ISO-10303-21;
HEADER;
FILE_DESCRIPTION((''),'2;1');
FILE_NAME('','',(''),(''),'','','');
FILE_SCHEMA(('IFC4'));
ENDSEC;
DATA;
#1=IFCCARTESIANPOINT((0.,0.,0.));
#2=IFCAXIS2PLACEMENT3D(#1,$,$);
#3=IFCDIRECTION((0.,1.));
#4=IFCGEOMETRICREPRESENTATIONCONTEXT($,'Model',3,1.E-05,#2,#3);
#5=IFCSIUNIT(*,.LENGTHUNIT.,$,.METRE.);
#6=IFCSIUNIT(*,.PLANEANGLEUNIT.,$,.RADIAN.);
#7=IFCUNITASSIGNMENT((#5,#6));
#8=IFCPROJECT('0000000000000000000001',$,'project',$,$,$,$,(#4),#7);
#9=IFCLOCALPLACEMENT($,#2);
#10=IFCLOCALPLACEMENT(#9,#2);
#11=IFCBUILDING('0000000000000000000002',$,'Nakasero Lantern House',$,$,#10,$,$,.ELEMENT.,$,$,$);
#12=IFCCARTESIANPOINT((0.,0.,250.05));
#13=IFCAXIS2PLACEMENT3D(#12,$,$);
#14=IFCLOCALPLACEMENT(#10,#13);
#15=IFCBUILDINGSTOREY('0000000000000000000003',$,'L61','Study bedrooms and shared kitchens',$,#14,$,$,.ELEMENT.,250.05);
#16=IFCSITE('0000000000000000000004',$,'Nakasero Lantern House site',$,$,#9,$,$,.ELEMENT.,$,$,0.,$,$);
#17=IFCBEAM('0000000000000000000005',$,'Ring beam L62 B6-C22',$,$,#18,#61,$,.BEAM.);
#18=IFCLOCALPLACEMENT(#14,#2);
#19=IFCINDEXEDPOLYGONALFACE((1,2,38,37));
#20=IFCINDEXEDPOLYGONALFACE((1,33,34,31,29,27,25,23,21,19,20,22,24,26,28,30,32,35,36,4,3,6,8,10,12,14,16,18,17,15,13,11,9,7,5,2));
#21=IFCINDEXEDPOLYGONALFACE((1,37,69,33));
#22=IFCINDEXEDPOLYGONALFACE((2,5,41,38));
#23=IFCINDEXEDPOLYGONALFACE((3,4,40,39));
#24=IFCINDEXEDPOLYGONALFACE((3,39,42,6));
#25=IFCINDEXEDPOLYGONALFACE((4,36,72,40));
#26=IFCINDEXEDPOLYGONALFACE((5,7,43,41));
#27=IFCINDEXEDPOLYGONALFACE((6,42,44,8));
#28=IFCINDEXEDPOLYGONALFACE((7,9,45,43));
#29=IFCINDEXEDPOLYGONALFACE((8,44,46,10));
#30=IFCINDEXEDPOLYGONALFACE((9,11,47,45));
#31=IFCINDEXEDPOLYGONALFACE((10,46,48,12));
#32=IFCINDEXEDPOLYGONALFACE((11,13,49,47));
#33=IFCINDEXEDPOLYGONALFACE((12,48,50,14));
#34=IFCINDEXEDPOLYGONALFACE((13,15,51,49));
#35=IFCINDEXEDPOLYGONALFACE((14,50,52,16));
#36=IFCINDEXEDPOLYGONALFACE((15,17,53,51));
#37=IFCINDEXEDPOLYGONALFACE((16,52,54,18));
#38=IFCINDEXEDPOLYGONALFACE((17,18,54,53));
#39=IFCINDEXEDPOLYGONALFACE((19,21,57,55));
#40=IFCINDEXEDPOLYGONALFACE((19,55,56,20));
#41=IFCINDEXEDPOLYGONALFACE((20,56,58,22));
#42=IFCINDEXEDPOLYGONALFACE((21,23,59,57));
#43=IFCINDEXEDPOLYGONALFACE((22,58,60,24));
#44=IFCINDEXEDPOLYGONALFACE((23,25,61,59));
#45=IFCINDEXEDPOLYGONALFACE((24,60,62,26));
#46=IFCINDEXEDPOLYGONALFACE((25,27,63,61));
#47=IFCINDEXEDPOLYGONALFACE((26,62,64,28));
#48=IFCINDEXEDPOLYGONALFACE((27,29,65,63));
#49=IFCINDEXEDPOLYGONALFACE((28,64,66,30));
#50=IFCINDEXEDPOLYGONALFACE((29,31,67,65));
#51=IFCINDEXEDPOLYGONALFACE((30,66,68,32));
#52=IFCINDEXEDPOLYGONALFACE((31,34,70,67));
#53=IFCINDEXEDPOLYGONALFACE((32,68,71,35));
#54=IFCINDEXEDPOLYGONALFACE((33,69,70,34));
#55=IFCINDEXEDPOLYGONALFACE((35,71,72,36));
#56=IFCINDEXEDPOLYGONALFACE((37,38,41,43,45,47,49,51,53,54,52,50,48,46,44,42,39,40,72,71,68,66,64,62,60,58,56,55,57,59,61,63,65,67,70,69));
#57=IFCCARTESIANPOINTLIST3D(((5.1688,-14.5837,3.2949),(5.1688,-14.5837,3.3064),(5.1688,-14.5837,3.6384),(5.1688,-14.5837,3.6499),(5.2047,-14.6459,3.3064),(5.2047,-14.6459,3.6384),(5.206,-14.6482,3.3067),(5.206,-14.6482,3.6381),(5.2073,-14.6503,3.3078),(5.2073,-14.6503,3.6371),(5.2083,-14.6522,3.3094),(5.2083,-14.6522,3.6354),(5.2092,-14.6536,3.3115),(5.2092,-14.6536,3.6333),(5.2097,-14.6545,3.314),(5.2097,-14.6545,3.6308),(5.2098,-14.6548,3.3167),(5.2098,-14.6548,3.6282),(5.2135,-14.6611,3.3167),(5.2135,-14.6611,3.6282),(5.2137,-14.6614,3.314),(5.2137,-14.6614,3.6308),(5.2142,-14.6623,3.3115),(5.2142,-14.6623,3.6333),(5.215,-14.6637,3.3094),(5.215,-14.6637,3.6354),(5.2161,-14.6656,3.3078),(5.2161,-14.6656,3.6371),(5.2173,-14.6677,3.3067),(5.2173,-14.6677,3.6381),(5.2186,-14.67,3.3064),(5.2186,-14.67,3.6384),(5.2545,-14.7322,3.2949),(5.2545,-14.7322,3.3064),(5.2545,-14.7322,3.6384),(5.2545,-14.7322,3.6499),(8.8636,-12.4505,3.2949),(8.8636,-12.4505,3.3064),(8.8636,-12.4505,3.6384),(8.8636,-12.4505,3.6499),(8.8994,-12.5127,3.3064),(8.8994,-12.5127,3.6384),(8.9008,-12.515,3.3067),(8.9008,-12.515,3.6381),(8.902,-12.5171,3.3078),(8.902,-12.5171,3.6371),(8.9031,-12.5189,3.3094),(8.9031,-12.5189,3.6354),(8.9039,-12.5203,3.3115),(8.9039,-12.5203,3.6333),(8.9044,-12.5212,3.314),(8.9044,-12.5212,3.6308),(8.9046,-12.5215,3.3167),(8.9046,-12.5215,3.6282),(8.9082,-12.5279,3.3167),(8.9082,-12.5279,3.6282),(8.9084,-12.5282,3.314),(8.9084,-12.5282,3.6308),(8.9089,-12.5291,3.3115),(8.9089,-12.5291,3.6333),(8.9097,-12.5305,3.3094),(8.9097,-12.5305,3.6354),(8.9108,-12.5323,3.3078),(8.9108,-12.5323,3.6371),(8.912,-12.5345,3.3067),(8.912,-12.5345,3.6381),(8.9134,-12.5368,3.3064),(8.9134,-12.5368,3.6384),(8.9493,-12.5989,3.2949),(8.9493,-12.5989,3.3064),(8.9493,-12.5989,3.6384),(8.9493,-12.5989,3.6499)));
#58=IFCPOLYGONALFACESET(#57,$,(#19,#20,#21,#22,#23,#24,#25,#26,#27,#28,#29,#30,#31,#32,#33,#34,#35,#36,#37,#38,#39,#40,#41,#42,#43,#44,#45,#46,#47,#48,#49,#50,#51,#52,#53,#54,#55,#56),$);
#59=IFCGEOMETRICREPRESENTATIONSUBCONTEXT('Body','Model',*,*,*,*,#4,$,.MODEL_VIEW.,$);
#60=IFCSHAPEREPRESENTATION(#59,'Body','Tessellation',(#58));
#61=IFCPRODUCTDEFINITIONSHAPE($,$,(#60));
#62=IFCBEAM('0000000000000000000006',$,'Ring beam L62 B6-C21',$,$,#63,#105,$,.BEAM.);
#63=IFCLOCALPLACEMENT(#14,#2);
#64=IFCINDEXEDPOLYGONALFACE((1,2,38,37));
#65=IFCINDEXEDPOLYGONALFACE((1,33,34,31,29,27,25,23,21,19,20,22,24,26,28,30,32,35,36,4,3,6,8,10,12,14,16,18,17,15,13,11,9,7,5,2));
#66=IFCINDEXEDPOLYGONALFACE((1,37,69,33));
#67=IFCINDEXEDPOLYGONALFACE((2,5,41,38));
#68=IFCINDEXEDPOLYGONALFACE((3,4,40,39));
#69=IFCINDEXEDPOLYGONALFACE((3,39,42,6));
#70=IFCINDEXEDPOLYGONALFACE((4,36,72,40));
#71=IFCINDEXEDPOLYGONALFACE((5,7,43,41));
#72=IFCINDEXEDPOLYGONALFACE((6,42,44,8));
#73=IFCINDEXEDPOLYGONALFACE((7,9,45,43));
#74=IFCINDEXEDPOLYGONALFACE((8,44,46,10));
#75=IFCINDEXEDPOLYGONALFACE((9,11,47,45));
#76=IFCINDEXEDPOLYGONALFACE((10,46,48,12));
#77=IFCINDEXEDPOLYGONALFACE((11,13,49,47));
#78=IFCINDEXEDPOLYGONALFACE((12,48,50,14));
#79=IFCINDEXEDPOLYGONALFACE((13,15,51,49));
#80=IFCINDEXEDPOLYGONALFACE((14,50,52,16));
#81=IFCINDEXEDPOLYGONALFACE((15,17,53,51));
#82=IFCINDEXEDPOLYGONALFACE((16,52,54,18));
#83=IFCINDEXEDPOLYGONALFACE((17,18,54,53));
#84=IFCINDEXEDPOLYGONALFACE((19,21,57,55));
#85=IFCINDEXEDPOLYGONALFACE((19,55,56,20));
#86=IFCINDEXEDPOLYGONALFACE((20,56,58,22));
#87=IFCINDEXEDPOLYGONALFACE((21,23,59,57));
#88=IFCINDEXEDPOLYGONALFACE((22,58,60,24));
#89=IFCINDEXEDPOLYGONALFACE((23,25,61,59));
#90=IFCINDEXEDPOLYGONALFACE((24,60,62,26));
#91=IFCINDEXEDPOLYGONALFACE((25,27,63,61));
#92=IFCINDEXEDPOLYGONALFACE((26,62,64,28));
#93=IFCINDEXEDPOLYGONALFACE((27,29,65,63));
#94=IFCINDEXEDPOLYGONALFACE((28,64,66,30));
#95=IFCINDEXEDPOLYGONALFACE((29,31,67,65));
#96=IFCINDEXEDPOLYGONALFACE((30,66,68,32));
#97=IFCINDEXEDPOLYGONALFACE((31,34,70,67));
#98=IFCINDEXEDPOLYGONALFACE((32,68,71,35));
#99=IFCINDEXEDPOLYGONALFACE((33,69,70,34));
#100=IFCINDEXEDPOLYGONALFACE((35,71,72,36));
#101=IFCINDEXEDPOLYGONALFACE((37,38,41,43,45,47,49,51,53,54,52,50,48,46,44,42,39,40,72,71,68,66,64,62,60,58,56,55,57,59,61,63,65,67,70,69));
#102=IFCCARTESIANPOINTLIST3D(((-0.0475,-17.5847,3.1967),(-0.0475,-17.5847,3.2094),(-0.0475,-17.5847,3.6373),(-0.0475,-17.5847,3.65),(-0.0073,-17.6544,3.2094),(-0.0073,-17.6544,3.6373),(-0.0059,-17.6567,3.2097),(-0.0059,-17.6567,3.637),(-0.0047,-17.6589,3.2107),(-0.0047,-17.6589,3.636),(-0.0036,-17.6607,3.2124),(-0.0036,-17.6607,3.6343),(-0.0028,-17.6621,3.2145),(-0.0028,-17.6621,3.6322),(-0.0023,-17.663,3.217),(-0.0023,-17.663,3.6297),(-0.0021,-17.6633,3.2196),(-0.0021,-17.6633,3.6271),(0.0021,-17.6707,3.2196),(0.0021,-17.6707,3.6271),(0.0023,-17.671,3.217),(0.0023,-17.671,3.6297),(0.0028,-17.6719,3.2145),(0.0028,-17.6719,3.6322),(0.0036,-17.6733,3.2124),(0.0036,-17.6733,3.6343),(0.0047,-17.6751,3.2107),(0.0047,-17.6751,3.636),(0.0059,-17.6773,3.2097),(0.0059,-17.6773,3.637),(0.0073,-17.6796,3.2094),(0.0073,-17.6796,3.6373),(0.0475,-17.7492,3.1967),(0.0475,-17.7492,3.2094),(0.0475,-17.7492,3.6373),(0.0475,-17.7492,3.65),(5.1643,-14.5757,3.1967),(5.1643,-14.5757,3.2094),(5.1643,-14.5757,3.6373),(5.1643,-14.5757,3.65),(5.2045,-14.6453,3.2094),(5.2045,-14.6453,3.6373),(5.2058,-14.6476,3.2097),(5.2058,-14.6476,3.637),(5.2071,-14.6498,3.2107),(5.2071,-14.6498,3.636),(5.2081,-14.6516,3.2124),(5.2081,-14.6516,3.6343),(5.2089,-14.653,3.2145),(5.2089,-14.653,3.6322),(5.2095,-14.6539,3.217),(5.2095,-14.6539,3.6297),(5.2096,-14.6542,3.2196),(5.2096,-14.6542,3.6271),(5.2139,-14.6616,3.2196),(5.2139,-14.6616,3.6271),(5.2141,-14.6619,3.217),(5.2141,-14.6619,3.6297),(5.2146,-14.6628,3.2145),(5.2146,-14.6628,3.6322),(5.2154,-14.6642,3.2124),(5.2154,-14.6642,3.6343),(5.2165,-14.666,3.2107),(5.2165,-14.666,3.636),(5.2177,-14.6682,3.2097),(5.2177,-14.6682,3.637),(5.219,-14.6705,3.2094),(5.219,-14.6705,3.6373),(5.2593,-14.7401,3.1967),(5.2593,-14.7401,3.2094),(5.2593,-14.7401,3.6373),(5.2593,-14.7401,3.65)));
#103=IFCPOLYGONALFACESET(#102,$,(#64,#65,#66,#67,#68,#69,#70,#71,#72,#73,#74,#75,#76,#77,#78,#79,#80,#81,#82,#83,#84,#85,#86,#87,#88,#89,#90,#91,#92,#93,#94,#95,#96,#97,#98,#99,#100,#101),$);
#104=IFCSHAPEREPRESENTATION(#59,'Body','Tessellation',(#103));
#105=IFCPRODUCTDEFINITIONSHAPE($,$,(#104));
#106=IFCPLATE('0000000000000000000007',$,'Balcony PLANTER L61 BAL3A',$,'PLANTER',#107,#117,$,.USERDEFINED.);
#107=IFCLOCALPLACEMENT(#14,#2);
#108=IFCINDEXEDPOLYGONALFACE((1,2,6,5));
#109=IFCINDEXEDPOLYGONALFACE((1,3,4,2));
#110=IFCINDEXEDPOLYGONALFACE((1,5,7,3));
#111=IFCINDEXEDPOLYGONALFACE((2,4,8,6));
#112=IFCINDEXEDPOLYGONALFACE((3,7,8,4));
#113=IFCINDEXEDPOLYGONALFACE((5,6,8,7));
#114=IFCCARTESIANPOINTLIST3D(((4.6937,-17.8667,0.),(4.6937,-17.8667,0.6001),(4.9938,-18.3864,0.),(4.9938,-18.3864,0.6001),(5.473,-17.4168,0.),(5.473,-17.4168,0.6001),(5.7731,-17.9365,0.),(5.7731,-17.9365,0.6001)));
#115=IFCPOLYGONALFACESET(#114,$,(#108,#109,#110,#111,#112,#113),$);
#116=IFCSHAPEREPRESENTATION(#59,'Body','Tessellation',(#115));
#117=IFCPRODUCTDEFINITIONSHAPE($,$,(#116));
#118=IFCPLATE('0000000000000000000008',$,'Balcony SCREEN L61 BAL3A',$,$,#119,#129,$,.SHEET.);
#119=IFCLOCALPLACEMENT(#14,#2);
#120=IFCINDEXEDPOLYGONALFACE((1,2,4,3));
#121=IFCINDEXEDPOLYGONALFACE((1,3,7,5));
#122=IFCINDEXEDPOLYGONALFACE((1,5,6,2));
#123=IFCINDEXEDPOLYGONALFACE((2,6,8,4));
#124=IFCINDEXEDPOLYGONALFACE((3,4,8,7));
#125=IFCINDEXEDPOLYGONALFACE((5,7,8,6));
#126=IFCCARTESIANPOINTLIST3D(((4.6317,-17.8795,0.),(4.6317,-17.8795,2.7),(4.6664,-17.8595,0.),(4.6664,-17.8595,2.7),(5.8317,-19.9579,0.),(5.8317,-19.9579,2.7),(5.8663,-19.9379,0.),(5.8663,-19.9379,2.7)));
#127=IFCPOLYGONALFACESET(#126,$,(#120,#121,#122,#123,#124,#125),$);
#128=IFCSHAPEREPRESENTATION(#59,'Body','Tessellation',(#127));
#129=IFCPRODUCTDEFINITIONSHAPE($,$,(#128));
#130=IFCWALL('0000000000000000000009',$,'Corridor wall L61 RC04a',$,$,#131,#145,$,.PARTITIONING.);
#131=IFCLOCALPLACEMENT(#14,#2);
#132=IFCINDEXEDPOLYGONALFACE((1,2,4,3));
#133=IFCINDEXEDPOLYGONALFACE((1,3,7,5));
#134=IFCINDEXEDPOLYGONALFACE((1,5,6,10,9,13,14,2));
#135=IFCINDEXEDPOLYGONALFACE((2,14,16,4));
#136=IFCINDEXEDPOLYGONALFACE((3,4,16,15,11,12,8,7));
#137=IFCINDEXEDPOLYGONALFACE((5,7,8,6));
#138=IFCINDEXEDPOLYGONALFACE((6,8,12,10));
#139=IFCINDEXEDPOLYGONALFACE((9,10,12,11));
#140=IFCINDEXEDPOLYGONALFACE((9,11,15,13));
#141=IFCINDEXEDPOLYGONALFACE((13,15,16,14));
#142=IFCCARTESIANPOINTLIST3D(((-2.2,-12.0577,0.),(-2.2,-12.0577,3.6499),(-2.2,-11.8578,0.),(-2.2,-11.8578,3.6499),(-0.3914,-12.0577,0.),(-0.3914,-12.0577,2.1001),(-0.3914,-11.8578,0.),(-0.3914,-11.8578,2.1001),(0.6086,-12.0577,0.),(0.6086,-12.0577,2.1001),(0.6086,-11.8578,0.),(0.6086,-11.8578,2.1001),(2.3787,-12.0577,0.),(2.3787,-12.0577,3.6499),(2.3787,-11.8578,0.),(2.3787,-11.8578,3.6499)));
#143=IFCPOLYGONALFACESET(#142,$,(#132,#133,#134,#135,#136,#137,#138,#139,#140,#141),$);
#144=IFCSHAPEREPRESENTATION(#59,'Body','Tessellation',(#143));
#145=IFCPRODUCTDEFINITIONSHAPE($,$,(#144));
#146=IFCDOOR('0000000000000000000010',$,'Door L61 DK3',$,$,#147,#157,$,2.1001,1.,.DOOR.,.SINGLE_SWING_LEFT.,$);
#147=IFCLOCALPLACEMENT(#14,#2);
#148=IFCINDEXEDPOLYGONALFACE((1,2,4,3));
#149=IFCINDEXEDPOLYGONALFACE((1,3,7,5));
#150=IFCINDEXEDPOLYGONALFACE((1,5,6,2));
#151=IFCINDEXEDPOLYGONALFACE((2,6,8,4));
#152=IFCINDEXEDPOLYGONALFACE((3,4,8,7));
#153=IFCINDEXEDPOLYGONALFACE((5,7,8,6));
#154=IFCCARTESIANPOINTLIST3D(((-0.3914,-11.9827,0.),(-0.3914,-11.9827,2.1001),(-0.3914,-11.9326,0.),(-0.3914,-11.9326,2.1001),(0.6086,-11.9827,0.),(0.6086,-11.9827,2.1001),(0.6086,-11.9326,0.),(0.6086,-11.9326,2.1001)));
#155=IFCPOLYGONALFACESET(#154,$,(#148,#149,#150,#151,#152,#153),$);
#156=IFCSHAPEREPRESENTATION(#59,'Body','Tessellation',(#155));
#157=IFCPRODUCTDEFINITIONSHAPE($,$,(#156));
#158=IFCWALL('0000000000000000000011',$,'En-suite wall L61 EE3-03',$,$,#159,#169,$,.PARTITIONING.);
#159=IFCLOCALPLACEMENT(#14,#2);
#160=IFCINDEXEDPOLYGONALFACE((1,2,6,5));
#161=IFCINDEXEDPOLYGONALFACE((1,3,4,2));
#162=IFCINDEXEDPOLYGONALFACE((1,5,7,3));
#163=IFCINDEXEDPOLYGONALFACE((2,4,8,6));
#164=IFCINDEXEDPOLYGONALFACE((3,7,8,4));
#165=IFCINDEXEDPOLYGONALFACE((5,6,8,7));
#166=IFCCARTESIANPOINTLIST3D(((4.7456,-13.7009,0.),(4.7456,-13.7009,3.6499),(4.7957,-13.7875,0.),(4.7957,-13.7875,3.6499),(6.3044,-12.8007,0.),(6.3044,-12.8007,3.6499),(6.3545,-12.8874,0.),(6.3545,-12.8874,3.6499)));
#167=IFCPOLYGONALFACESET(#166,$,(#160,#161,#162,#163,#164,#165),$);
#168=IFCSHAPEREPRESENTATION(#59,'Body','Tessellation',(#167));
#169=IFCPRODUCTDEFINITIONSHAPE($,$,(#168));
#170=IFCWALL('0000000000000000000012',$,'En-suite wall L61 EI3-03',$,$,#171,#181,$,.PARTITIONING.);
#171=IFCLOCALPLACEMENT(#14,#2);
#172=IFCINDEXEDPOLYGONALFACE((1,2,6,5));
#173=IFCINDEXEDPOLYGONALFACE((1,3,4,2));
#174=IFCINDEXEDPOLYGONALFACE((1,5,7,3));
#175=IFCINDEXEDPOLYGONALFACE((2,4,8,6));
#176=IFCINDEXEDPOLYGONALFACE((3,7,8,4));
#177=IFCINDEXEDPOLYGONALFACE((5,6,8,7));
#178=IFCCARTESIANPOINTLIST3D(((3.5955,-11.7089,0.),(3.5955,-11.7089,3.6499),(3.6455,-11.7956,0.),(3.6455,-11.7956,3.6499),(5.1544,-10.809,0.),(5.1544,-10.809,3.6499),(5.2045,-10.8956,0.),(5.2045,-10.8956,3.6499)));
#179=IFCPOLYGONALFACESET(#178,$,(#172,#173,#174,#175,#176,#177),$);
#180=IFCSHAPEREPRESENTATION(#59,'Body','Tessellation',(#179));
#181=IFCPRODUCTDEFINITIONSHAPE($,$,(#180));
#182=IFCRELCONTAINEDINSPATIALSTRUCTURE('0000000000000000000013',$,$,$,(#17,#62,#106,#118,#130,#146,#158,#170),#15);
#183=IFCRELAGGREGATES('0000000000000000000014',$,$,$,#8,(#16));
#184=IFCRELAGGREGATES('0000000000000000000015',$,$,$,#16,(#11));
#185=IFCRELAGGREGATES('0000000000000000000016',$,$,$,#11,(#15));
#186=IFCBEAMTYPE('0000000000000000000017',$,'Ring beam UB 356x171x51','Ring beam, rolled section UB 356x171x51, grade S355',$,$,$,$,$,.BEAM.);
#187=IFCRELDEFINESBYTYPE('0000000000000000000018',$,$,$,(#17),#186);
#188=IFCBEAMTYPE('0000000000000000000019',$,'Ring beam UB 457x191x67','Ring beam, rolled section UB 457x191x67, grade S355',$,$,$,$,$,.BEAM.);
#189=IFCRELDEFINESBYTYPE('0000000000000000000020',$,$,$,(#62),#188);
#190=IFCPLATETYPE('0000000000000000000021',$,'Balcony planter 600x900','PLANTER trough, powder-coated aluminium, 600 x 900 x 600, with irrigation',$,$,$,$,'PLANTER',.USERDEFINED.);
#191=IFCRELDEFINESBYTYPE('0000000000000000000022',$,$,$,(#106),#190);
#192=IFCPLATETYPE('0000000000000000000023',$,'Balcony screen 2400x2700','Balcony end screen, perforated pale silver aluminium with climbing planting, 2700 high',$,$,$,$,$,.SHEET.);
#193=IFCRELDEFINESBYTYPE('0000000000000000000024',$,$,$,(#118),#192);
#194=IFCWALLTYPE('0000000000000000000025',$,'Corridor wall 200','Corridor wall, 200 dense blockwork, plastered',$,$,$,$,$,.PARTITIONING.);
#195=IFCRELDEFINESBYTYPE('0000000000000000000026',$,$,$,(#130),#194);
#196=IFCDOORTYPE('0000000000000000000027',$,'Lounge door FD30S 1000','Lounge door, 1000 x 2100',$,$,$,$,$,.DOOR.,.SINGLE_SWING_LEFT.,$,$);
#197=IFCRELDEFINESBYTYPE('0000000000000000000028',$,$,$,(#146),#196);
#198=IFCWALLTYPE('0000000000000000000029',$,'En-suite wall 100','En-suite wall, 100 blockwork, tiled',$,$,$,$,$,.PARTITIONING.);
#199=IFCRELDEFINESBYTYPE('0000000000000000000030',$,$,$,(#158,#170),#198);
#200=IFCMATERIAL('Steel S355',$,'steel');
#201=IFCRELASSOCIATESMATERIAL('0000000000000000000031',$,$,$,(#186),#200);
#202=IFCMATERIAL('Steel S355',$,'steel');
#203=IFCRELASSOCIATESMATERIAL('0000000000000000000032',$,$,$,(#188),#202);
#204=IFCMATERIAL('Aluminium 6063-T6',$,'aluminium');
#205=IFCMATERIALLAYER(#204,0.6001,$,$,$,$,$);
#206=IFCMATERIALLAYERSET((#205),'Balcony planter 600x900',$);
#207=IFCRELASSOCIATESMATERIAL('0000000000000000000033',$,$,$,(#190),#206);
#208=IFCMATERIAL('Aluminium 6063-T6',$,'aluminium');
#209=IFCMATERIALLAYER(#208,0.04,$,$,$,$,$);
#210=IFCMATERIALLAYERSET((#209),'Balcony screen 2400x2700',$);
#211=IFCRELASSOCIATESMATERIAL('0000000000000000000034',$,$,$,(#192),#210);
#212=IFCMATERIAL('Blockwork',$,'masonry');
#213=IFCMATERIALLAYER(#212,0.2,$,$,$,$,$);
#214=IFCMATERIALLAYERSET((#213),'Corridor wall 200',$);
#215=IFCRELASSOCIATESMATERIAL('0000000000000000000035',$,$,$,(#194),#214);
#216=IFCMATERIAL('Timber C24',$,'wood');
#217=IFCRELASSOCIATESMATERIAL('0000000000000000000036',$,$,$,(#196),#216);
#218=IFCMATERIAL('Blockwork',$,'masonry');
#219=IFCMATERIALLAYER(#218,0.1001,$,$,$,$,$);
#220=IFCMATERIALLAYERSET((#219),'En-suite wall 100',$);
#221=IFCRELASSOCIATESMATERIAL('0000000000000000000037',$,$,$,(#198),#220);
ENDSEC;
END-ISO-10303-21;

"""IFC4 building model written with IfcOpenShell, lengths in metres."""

from ifc_helpers import new_model, si_unit, direction, frame, frame_2d, origin, origin_2d, place, context, subcontext, project, spatial, rectangle, i_section, extrude, material, layer, layer_set, material_profile, profile_set, type_object, element, fill, save


model = new_model("IFC4")

# Units and contexts
model_context = context("Model", 3, precision=1e-05, world=origin(), true_north=direction((0.0, 1.0)))
body_context = subcontext(model_context, "Body", "Model", "MODEL_VIEW")
ifc_project = project(units=[si_unit("LENGTHUNIT", "METRE"), si_unit("PLANEANGLEUNIT", "RADIAN")], contexts=[model_context])

# Site, building, storey
site_placement = place(None, origin())
site = spatial("IfcSite", under=ifc_project, at=site_placement, Name="Nakasero Lantern House site", CompositionType="ELEMENT", RefElevation=0.0)
building_placement = place(site_placement, origin())
building = spatial("IfcBuilding", under=site, at=building_placement, Name="Nakasero Lantern House", CompositionType="ELEMENT")
storey_placement = place(building_placement, frame((0.0, 0.0, 250.05)))
storey = spatial("IfcBuildingStorey", under=building, at=storey_placement, Name="L61", Description="Study bedrooms and shared kitchens", CompositionType="ELEMENT", Elevation=250.05)

# Beams
ifc_material_1 = material(Name="Steel S355", Category="steel")
ifc_material_profile_1 = material_profile(ifc_material_1, i_section(OverallWidth=0.1714, OverallDepth=0.355, WebThickness=0.0073, FlangeThickness=0.0115, FilletRadius=0.0103, at=origin_2d()), Name="UB 356x171x51")
ifc_profile_set_1 = profile_set([ifc_material_profile_1], Name="Steel S355")
beam_type_1 = type_object("IfcBeamType", Name="Ring beam UB 356x171x51", Description="Ring beam, rolled section UB 356x171x51, grade S355", PredefinedType="BEAM", material=ifc_profile_set_1)
beam_1_placement = place(storey_placement, frame((5.2117, -14.658, 3.4724), z_axis=(0.866016, 0.500016, 0.0), x_axis=(-0.500016, 0.866016, 0.0)))
element("IfcBeam", 1, at=beam_1_placement, inside=storey, type_object=beam_type_1, Name="Ring beam L62 B6-C22", PredefinedType="BEAM", context=body_context, shape_type="SweptSolid", body=[
    extrude(i_section(OverallWidth=0.1714, OverallDepth=0.355, WebThickness=0.0073, FlangeThickness=0.0115, FilletRadius=0.0103, at=origin_2d()), origin(), (0.0, 0.0, 1.0), 4.2664),
])
ifc_material_2 = material(Name="Steel S355", Category="steel")
ifc_material_profile_2 = material_profile(ifc_material_2, i_section(OverallWidth=0.1899, OverallDepth=0.4534, WebThickness=0.0085, FlangeThickness=0.0127, FilletRadius=0.0103, at=origin_2d()), Name="UB 457x191x67")
ifc_profile_set_2 = profile_set([ifc_material_profile_2], Name="Steel S355")
beam_type_2 = type_object("IfcBeamType", Name="Ring beam UB 457x191x67", Description="Ring beam, rolled section UB 457x191x67, grade S355", PredefinedType="BEAM", material=ifc_profile_set_2)
beam_2_placement = place(storey_placement, frame((0.0, -17.667, 3.4233), z_axis=(0.86602, 0.500009, 0.0), x_axis=(-0.500009, 0.86602, 0.0)))
element("IfcBeam", 2, at=beam_2_placement, inside=storey, type_object=beam_type_2, Name="Ring beam L62 B6-C21", PredefinedType="BEAM", context=body_context, shape_type="SweptSolid", body=[
    extrude(i_section(OverallWidth=0.1899, OverallDepth=0.4534, WebThickness=0.0085, FlangeThickness=0.0127, FilletRadius=0.0103, at=origin_2d()), origin(), (0.0, 0.0, 1.0), 6.0181),
])

# Plates
ifc_material_3 = material(Name="Aluminium 6063-T6", Category="aluminium")
ifc_layer_1 = layer(ifc_material_3, 0.6001)
ifc_layer_set_1 = layer_set([ifc_layer_1], Name="Balcony planter 600x900")
plate_type_1 = type_object("IfcPlateType", Name="Balcony planter 600x900", Description="PLANTER trough, powder-coated aluminium, 600 x 900 x 600, with irrigation", ElementType="PLANTER", PredefinedType="USERDEFINED", material=ifc_layer_set_1)
plate_1_placement = place(storey_placement, frame((5.2334, -17.9016, 0.0), z_axis=(0.0, 0.0, 1.0), x_axis=(0.5, -0.866025, 0.0)))
element("IfcPlate", 3, at=plate_1_placement, inside=storey, type_object=plate_type_1, Name="Balcony PLANTER L61 BAL3A", ObjectType="PLANTER", PredefinedType="USERDEFINED", context=body_context, shape_type="SweptSolid", body=[
    extrude(rectangle(XDim=0.6001, YDim=0.8999, at=origin_2d()), origin(), (0.0, 0.0, 1.0), 0.6001),
])
ifc_material_4 = material(Name="Aluminium 6063-T6", Category="aluminium")
ifc_layer_2 = layer(ifc_material_4, 0.04)
ifc_layer_set_2 = layer_set([ifc_layer_2], Name="Balcony screen 2400x2700")
plate_type_2 = type_object("IfcPlateType", Name="Balcony screen 2400x2700", Description="Balcony end screen, perforated pale silver aluminium with climbing planting, 2700 high", PredefinedType="SHEET", material=ifc_layer_set_2)
plate_2_placement = place(storey_placement, frame((5.249, -18.9087, 0.0), z_axis=(0.0, 0.0, 1.0), x_axis=(0.5, -0.866025, 0.0)))
element("IfcPlate", 4, at=plate_2_placement, inside=storey, type_object=plate_type_2, Name="Balcony SCREEN L61 BAL3A", PredefinedType="SHEET", context=body_context, shape_type="SweptSolid", body=[
    extrude(rectangle(XDim=2.3999, YDim=0.04, at=origin_2d()), origin(), (0.0, 0.0, 1.0), 2.7),
])

# Wall, opening, door
ifc_material_5 = material(Name="Blockwork", Category="masonry")
ifc_layer_3 = layer(ifc_material_5, 0.2)
ifc_layer_set_3 = layer_set([ifc_layer_3], Name="Corridor wall 200")
wall_type_1 = type_object("IfcWallType", Name="Corridor wall 200", Description="Corridor wall, 200 dense blockwork, plastered", PredefinedType="PARTITIONING", material=ifc_layer_set_3)
wall_1_placement = place(storey_placement, frame((2.3787, -11.9578, 0.0), z_axis=(0.0, 0.0, 1.0), x_axis=(-1.0, 0.0, 0.0)))
wall_1 = element("IfcWall", 5, at=wall_1_placement, inside=storey, type_object=wall_type_1, Name="Corridor wall L61 RC04a", PredefinedType="PARTITIONING", context=body_context, shape_type="SweptSolid", body=[
    extrude(rectangle(XDim=4.5786, YDim=0.2, at=frame_2d((2.2893, 0.0))), origin(), (0.0, 0.0, 1.0), 3.6499),
])
opening_placement = place(wall_1_placement, frame((1.77, 0.0, 0.0)))
opening = element("IfcOpeningElement", 6, at=opening_placement, cuts=wall_1, PredefinedType="OPENING", context=body_context, shape_type="SweptSolid", body=[
    extrude(rectangle(XDim=1.0, YDim=2.1001, at=frame_2d((0.5, 1.05))), frame((0.0, 0.1199, 0.0), z_axis=(0.0, -1.0, 0.0), x_axis=(1.0, 0.0, 0.0)), (0.0, 0.0, 1.0), 0.24),
])
ifc_material_6 = material(Name="Timber C24", Category="wood")
door_type = type_object("IfcDoorType", Name="Lounge door FD30S 1000", Description="Lounge door, 1000 x 2100", OperationType="SINGLE_SWING_LEFT", PredefinedType="DOOR", material=ifc_material_6)
door_placement = place(opening_placement, origin())
door = element("IfcDoor", 7, at=door_placement, inside=storey, type_object=door_type, Name="Door L61 DK3", OperationType="SINGLE_SWING_LEFT", OverallHeight=2.1001, OverallWidth=1.0, PredefinedType="DOOR", context=body_context, shape_type="SweptSolid", body=[
    extrude(rectangle(XDim=1.0, YDim=2.1001, at=frame_2d((0.5, 1.05))), frame((0.0, 0.0249, 0.0), z_axis=(0.0, -1.0, 0.0), x_axis=(1.0, 0.0, 0.0)), (0.0, 0.0, 1.0), 0.05),
])
fill(opening, door)

# Walls
ifc_material_7 = material(Name="Blockwork", Category="masonry")
ifc_layer_4 = layer(ifc_material_7, 0.1001)
ifc_layer_set_4 = layer_set([ifc_layer_4], Name="En-suite wall 100")
wall_type_2 = type_object("IfcWallType", Name="En-suite wall 100", Description="En-suite wall, 100 blockwork, tiled", PredefinedType="PARTITIONING", material=ifc_layer_set_4)
for number, where, z_axis, x_axis, name in (
    (8, (4.7708, -13.7441, 0.0), (0.0, 0.0, 1.0), (0.865989, 0.500063, 0.0), "En-suite wall L61 EE3-03"),
    (9, (3.6206, -11.7522, 0.0), (0.0, 0.0, 1.0), (0.866048, 0.499961, 0.0), "En-suite wall L61 EI3-03"),
):
    element("IfcWall", number, at=place(storey_placement, frame(where, z_axis=z_axis, x_axis=x_axis)), inside=storey, type_object=wall_type_2, Name=name, PredefinedType="PARTITIONING", context=body_context, shape_type="SweptSolid", body=[
        extrude(rectangle(XDim=1.8, YDim=0.1001, at=frame_2d((0.8999, 0.0))), origin(), (0.0, 0.0, 1.0), 3.6499),
    ])

save(model, "model.ifc")
